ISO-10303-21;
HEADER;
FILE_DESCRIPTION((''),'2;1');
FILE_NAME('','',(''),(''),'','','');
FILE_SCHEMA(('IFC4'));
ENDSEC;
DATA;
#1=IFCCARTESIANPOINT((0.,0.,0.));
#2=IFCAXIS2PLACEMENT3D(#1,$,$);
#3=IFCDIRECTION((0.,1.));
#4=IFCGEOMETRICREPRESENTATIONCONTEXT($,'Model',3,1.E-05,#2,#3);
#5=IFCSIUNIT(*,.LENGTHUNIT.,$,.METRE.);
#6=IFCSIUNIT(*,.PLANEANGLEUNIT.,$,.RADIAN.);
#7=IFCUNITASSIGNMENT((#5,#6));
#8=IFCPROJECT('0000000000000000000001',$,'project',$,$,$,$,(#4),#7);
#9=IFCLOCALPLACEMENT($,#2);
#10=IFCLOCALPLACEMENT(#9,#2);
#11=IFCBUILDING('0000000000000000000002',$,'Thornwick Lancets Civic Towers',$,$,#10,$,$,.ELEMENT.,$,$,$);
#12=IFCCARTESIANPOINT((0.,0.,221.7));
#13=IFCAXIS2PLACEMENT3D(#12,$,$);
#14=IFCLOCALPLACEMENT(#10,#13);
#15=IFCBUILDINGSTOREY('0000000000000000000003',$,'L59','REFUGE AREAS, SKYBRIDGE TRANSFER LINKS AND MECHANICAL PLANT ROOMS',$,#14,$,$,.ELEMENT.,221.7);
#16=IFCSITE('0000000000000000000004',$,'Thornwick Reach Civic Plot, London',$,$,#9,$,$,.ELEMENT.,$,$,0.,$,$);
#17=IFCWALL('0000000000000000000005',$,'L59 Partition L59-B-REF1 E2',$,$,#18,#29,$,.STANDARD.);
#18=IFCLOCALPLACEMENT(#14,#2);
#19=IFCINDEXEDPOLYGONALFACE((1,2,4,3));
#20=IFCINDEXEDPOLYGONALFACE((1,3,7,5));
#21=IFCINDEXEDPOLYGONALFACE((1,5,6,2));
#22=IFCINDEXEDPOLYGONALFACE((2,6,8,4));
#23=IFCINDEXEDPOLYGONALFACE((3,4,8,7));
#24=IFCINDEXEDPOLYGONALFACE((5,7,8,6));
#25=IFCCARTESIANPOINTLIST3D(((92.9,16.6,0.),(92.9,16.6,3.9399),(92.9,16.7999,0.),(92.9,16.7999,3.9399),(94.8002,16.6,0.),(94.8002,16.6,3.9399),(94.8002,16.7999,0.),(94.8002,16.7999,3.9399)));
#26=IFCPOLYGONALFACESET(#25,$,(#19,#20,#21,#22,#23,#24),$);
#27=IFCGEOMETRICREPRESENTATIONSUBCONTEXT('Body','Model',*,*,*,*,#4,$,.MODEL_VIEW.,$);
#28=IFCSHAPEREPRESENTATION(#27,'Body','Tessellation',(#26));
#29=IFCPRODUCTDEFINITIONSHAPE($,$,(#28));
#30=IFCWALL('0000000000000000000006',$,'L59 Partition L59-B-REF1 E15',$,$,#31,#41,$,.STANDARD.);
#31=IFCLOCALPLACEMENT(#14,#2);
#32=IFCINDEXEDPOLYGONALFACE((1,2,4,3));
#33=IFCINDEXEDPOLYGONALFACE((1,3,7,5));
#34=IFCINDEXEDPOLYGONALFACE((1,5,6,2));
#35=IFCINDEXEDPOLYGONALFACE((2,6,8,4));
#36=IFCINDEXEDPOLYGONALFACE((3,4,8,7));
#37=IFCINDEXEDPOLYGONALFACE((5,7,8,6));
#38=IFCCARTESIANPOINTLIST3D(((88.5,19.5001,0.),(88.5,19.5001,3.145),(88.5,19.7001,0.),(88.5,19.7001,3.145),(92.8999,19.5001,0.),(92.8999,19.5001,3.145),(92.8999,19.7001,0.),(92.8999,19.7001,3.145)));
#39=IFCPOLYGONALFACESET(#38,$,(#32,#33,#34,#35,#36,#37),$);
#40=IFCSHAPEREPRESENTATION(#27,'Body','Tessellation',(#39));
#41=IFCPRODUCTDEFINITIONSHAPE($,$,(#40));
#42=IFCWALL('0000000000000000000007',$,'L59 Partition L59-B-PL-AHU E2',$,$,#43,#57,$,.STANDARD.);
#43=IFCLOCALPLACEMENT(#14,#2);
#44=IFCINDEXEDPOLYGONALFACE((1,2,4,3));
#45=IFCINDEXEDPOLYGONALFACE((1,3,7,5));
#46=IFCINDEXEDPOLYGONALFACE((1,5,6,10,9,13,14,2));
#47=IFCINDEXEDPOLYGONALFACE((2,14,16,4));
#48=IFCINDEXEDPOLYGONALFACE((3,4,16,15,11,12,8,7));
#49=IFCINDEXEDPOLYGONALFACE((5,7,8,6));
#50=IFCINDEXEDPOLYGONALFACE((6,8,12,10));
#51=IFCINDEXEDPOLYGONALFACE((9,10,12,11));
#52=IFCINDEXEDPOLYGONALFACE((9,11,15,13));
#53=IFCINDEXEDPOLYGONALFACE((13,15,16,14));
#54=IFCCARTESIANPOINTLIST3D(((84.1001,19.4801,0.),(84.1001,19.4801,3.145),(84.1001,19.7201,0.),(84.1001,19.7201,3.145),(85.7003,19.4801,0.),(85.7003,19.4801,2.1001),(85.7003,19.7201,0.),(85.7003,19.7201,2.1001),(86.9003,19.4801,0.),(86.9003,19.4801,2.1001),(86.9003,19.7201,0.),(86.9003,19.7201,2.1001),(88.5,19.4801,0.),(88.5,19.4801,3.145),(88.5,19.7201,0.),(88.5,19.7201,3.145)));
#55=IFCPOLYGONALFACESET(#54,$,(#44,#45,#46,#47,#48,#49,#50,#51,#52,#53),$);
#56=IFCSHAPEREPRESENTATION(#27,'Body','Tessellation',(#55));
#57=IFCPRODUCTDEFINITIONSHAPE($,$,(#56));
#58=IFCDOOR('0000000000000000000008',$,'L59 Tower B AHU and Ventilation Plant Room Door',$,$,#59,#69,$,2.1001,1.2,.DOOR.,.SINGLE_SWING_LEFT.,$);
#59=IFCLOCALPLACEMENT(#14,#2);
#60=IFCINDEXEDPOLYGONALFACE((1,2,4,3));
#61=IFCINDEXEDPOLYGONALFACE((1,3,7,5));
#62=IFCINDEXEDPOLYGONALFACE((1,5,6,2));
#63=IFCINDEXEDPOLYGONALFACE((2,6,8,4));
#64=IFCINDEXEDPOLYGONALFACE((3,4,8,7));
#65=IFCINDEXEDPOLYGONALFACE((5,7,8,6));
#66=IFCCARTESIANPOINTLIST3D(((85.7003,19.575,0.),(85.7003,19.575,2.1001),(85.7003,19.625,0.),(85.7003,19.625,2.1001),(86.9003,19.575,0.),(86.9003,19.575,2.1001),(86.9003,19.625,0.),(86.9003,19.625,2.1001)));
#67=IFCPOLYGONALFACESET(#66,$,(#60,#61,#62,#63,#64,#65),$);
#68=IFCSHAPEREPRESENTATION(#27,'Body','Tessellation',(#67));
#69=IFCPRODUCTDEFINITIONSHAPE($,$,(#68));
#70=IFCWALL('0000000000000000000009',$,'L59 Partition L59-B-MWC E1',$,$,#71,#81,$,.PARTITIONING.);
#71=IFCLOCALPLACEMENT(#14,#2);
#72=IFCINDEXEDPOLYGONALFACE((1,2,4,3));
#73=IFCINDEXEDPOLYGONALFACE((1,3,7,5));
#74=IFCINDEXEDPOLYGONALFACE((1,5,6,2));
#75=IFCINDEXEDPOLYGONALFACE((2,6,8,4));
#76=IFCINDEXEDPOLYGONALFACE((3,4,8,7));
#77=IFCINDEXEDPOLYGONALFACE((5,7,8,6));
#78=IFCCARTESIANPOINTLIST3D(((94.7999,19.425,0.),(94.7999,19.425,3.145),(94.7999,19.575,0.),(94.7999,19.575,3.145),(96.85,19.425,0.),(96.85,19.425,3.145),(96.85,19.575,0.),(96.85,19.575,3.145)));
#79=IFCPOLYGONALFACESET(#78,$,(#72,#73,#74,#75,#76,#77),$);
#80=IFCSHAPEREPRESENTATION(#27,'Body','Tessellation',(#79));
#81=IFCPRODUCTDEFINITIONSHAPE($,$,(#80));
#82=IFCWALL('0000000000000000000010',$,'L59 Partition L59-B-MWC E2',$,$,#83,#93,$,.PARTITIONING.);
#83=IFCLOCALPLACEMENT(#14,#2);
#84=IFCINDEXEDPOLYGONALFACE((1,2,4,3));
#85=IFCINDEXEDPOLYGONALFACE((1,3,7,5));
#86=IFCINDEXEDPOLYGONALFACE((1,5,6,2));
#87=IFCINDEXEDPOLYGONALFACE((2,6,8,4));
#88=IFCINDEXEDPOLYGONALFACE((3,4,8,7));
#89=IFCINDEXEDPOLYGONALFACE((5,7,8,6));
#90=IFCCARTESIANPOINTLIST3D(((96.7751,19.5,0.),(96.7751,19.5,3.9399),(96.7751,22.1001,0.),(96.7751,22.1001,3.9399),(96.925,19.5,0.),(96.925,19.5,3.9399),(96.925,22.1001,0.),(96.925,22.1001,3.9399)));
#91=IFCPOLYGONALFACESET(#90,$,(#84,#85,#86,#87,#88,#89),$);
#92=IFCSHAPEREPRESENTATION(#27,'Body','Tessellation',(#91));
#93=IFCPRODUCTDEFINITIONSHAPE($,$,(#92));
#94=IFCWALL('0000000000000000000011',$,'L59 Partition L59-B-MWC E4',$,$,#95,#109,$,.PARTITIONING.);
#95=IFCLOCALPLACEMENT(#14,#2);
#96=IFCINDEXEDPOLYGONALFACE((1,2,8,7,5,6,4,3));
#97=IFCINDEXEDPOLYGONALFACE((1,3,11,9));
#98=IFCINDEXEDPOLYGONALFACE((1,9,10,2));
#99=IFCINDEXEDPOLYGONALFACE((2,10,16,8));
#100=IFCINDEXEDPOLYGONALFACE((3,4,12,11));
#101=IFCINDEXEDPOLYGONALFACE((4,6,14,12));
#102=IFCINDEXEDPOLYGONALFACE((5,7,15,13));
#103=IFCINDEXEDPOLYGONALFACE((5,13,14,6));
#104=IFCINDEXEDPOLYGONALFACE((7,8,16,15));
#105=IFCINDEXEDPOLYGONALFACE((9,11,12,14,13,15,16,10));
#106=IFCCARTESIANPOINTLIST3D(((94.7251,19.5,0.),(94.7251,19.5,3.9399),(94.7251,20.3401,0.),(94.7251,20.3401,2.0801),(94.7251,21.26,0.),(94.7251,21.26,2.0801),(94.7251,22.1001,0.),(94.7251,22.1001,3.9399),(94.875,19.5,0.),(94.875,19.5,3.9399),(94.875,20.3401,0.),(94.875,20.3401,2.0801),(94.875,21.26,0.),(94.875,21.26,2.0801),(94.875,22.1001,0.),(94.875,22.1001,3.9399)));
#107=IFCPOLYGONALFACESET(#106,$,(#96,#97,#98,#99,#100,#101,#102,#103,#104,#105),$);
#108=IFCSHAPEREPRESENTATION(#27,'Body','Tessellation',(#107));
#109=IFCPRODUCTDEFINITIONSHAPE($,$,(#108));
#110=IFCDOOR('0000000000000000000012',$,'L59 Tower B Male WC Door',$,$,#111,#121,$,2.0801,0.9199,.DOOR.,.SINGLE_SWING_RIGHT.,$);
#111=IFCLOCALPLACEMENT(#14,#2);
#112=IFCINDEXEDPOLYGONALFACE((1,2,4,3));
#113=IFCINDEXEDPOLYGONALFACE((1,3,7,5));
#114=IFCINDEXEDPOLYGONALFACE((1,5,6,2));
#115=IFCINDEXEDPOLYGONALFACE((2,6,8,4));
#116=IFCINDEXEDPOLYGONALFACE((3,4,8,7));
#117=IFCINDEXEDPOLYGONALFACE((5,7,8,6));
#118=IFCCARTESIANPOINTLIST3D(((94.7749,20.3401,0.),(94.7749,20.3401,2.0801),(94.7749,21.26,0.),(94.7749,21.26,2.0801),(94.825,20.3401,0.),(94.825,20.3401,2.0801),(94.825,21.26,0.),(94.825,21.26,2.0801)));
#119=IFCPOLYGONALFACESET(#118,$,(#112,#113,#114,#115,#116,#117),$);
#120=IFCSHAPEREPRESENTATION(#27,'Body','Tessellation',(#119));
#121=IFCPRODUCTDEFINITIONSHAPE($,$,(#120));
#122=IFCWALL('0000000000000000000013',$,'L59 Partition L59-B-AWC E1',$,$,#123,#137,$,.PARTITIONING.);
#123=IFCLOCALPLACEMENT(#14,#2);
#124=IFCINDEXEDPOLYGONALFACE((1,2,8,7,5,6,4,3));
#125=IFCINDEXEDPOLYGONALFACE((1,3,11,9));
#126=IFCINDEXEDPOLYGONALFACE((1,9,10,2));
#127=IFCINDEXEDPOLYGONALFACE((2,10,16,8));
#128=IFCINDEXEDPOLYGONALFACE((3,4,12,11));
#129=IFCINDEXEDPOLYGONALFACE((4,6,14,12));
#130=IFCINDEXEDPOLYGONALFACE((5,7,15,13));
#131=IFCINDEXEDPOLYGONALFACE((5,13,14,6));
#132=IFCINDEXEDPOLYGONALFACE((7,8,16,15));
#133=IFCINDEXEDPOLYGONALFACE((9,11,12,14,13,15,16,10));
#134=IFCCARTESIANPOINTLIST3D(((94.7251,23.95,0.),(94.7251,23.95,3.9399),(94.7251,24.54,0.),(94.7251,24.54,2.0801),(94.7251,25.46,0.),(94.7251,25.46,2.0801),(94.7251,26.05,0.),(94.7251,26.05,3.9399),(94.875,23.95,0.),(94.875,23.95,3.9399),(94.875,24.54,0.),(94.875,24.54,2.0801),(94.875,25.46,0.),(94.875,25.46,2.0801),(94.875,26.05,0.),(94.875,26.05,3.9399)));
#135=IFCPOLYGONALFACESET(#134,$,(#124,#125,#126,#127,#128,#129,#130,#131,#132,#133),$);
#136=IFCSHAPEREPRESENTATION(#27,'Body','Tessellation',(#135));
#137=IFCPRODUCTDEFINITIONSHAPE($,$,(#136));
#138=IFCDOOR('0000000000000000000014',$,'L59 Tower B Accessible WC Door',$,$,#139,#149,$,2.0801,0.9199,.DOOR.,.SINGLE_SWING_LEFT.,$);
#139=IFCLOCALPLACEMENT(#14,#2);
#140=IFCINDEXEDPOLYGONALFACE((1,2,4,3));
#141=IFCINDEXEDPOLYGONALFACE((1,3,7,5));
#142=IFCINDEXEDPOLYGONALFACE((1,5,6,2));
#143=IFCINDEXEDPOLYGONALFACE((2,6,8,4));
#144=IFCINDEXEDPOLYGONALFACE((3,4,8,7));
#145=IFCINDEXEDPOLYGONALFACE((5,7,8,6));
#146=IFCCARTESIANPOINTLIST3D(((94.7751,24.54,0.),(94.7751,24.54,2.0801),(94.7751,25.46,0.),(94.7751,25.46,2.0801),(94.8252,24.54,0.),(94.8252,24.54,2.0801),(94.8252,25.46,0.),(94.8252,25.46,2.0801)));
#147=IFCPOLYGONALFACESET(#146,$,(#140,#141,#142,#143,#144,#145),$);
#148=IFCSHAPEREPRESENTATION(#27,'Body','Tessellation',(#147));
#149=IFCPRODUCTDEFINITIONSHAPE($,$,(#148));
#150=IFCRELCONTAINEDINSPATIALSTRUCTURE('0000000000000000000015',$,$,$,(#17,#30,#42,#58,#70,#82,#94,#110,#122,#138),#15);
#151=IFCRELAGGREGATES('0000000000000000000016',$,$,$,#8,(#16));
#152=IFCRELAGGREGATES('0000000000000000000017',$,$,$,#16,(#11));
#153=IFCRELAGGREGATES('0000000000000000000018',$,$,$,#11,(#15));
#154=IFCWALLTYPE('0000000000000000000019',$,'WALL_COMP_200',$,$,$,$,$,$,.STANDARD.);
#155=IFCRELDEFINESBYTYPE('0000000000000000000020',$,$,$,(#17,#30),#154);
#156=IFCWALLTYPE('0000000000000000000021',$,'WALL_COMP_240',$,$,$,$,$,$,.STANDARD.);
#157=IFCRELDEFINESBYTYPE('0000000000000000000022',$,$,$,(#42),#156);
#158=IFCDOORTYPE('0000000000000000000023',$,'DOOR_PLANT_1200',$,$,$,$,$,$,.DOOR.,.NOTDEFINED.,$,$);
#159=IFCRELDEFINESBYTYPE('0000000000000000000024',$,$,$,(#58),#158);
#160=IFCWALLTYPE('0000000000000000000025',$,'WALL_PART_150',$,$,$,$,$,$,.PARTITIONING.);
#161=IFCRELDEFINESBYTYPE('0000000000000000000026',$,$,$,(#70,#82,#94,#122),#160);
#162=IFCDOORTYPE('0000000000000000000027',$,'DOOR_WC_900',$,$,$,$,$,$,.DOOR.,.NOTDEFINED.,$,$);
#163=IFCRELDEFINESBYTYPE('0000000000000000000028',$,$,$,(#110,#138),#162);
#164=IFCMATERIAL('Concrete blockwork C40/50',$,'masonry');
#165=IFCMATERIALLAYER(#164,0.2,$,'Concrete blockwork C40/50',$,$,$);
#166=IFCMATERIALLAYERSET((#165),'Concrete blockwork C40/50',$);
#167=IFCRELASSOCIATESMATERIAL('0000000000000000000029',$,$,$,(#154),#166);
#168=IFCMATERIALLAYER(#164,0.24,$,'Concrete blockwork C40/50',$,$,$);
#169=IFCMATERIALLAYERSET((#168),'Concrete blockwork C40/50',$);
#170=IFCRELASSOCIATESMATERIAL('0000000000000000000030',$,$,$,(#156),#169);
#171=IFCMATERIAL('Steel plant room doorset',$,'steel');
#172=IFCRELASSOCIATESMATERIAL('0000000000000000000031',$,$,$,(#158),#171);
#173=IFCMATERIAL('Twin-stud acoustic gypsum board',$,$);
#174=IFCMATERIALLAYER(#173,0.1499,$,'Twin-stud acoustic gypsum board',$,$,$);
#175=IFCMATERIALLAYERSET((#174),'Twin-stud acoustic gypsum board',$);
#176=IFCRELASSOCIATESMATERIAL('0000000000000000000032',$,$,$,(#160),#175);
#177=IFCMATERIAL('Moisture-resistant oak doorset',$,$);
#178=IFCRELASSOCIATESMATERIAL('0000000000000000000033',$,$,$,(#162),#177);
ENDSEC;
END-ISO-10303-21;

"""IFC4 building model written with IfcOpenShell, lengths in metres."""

from ifc_helpers import new_model, si_unit, direction, frame, frame_2d, origin, place, context, subcontext, project, spatial, rectangle, extrude, material, layer, layer_set, type_object, element, fill, save


model = new_model("IFC4")

# Units and contexts
model_context = context("Model", 3, precision=1e-05, world=origin(), true_north=direction((0.0, 1.0)))
body_context = subcontext(model_context, "Body", "Model", "MODEL_VIEW")
ifc_project = project(units=[si_unit("LENGTHUNIT", "METRE"), si_unit("PLANEANGLEUNIT", "RADIAN")], contexts=[model_context])

# Site, building, storey
site_placement = place(None, origin())
site = spatial("IfcSite", under=ifc_project, at=site_placement, Name="Thornwick Reach Civic Plot, London", CompositionType="ELEMENT", RefElevation=0.0)
building_placement = place(site_placement, origin())
building = spatial("IfcBuilding", under=site, at=building_placement, Name="Thornwick Lancets Civic Towers", CompositionType="ELEMENT")
storey_placement = place(building_placement, frame((0.0, 0.0, 221.7)))
storey = spatial("IfcBuildingStorey", under=building, at=storey_placement, Name="L59", Description="REFUGE AREAS, SKYBRIDGE TRANSFER LINKS AND MECHANICAL PLANT ROOMS", CompositionType="ELEMENT", Elevation=221.7)

# Shared definitions
ifc_material_1 = material(Name="Concrete blockwork C40/50", Category="masonry")
ifc_layer_1 = layer(ifc_material_1, 0.2, Name="Concrete blockwork C40/50")
ifc_layer_set_1 = layer_set([ifc_layer_1], Name="Concrete blockwork C40/50")
wall_type_1 = type_object("IfcWallType", Name="WALL_COMP_200", PredefinedType="STANDARD", material=ifc_layer_set_1)

# Walls
wall_1_placement = place(storey_placement, frame((92.8999, 16.7, 0.0), z_axis=(0.0, 0.0, 1.0), x_axis=(1.0, 0.0, 0.0)))
element("IfcWall", 1, at=wall_1_placement, inside=storey, type_object=wall_type_1, Name="L59 Partition L59-B-REF1 E2", PredefinedType="STANDARD", context=body_context, shape_type="SweptSolid", body=[
    extrude(rectangle(XDim=1.9001, YDim=0.2, at=frame_2d((0.9502, 0.0))), origin(), (0.0, 0.0, 1.0), 3.9399),
])
wall_2_placement = place(storey_placement, frame((88.5, 19.6001, 0.0), z_axis=(0.0, 0.0, 1.0), x_axis=(1.0, 0.0, 0.0)))
element("IfcWall", 2, at=wall_2_placement, inside=storey, type_object=wall_type_1, Name="L59 Partition L59-B-REF1 E15", PredefinedType="STANDARD", context=body_context, shape_type="SweptSolid", body=[
    extrude(rectangle(XDim=4.3999, YDim=0.2, at=frame_2d((2.2, 0.0))), origin(), (0.0, 0.0, 1.0), 3.145),
])

# Wall, opening, door
ifc_layer_2 = layer(ifc_material_1, 0.24, Name="Concrete blockwork C40/50")
ifc_layer_set_2 = layer_set([ifc_layer_2], Name="Concrete blockwork C40/50")
wall_type_2 = type_object("IfcWallType", Name="WALL_COMP_240", PredefinedType="STANDARD", material=ifc_layer_set_2)
wall_3_placement = place(storey_placement, frame((84.1001, 19.6001, 0.0), z_axis=(0.0, 0.0, 1.0), x_axis=(1.0, 0.0, 0.0)))
wall_3 = element("IfcWall", 3, at=wall_3_placement, inside=storey, type_object=wall_type_2, Name="L59 Partition L59-B-PL-AHU E2", PredefinedType="STANDARD", context=body_context, shape_type="SweptSolid", body=[
    extrude(rectangle(XDim=4.3999, YDim=0.24, at=frame_2d((2.2, 0.0))), origin(), (0.0, 0.0, 1.0), 3.145),
])
opening_1_placement = place(wall_3_placement, frame((1.6001, 0.0, 0.0)))
opening_1 = element("IfcOpeningElement", 4, at=opening_1_placement, cuts=wall_3, PredefinedType="OPENING", context=body_context, shape_type="SweptSolid", body=[
    extrude(rectangle(XDim=1.2, YDim=2.1001, at=frame_2d((0.6001, 1.05))), frame((0.0, 0.1299, 0.0), z_axis=(0.0, -1.0, 0.0), x_axis=(1.0, 0.0, 0.0)), (0.0, 0.0, 1.0), 0.26),
])
ifc_material_2 = material(Name="Steel plant room doorset", Category="steel")
door_type_1 = type_object("IfcDoorType", Name="DOOR_PLANT_1200", OperationType="NOTDEFINED", PredefinedType="DOOR", material=ifc_material_2)
door_1_placement = place(opening_1_placement, origin())
door_1 = element("IfcDoor", 5, at=door_1_placement, inside=storey, type_object=door_type_1, Name="L59 Tower B AHU and Ventilation Plant Room Door", OperationType="SINGLE_SWING_LEFT", OverallHeight=2.1001, OverallWidth=1.2, PredefinedType="DOOR", context=body_context, shape_type="SweptSolid", body=[
    extrude(rectangle(XDim=1.2, YDim=2.1001, at=frame_2d((0.6001, 1.05))), frame((0.0, 0.0249, 0.0), z_axis=(0.0, -1.0, 0.0), x_axis=(1.0, 0.0, 0.0)), (0.0, 0.0, 1.0), 0.05),
])
fill(opening_1, door_1)

# Walls
ifc_material_3 = material(Name="Twin-stud acoustic gypsum board")
ifc_layer_3 = layer(ifc_material_3, 0.1499, Name="Twin-stud acoustic gypsum board")
ifc_layer_set_3 = layer_set([ifc_layer_3], Name="Twin-stud acoustic gypsum board")
wall_type_3 = type_object("IfcWallType", Name="WALL_PART_150", PredefinedType="PARTITIONING", material=ifc_layer_set_3)
wall_4_placement = place(storey_placement, frame((94.8, 19.5, 0.0), z_axis=(0.0, 0.0, 1.0), x_axis=(1.0, 0.0, 0.0)))
element("IfcWall", 6, at=wall_4_placement, inside=storey, type_object=wall_type_3, Name="L59 Partition L59-B-MWC E1", PredefinedType="PARTITIONING", context=body_context, shape_type="SweptSolid", body=[
    extrude(rectangle(XDim=2.05, YDim=0.1499, at=frame_2d((1.0249, 0.0))), origin(), (0.0, 0.0, 1.0), 3.145),
])
wall_5_placement = place(storey_placement, frame((96.8501, 19.5, 0.0), z_axis=(0.0, 0.0, 1.0), x_axis=(0.0, 1.0, 0.0)))
element("IfcWall", 7, at=wall_5_placement, inside=storey, type_object=wall_type_3, Name="L59 Partition L59-B-MWC E2", PredefinedType="PARTITIONING", context=body_context, shape_type="SweptSolid", body=[
    extrude(rectangle(XDim=2.6001, YDim=0.1499, at=frame_2d((1.3, 0.0))), origin(), (0.0, 0.0, 1.0), 3.9399),
])

# Walls, openings, doors
wall_6_placement = place(storey_placement, frame((94.8, 22.1001, 0.0), z_axis=(0.0, 0.0, 1.0), x_axis=(0.0, -1.0, 0.0)))
wall_6 = element("IfcWall", 8, at=wall_6_placement, inside=storey, type_object=wall_type_3, Name="L59 Partition L59-B-MWC E4", PredefinedType="PARTITIONING", context=body_context, shape_type="SweptSolid", body=[
    extrude(rectangle(XDim=2.6001, YDim=0.1499, at=frame_2d((1.3, 0.0))), origin(), (0.0, 0.0, 1.0), 3.9399),
])
opening_2_placement = place(wall_6_placement, frame((0.8401, 0.0, 0.0)))
opening_2 = element("IfcOpeningElement", 9, at=opening_2_placement, cuts=wall_6, PredefinedType="OPENING", context=body_context, shape_type="SweptSolid", body=[
    extrude(rectangle(XDim=0.9199, YDim=2.0801, at=frame_2d((0.46, 1.04))), frame((0.0, 0.085, 0.0), z_axis=(0.0, -1.0, 0.0), x_axis=(1.0, 0.0, 0.0)), (0.0, 0.0, 1.0), 0.1699),
])
ifc_material_4 = material(Name="Moisture-resistant oak doorset")
door_type_2 = type_object("IfcDoorType", Name="DOOR_WC_900", OperationType="NOTDEFINED", PredefinedType="DOOR", material=ifc_material_4)
door_2_placement = place(opening_2_placement, origin())
door_2 = element("IfcDoor", 10, at=door_2_placement, inside=storey, type_object=door_type_2, Name="L59 Tower B Male WC Door", OperationType="SINGLE_SWING_RIGHT", OverallHeight=2.0801, OverallWidth=0.9199, PredefinedType="DOOR", context=body_context, shape_type="SweptSolid", body=[
    extrude(rectangle(XDim=0.9199, YDim=2.0801, at=frame_2d((0.46, 1.04))), frame((0.0, 0.0249, 0.0), z_axis=(0.0, -1.0, 0.0), x_axis=(1.0, 0.0, 0.0)), (0.0, 0.0, 1.0), 0.05),
])
fill(opening_2, door_2)
wall_7_placement = place(storey_placement, frame((94.8, 23.95, 0.0), z_axis=(0.0, 0.0, 1.0), x_axis=(0.0, 1.0, 0.0)))
wall_7 = element("IfcWall", 11, at=wall_7_placement, inside=storey, type_object=wall_type_3, Name="L59 Partition L59-B-AWC E1", PredefinedType="PARTITIONING", context=body_context, shape_type="SweptSolid", body=[
    extrude(rectangle(XDim=2.1001, YDim=0.1499, at=frame_2d((1.05, 0.0))), origin(), (0.0, 0.0, 1.0), 3.9399),
])
opening_3_placement = place(wall_7_placement, frame((0.5901, 0.0, 0.0)))
opening_3 = element("IfcOpeningElement", 12, at=opening_3_placement, cuts=wall_7, PredefinedType="OPENING", context=body_context, shape_type="SweptSolid", body=[
    extrude(rectangle(XDim=0.9199, YDim=2.0801, at=frame_2d((0.46, 1.04))), frame((0.0, 0.085, 0.0), z_axis=(0.0, -1.0, 0.0), x_axis=(1.0, 0.0, 0.0)), (0.0, 0.0, 1.0), 0.1699),
])
door_3_placement = place(opening_3_placement, origin())
door_3 = element("IfcDoor", 13, at=door_3_placement, inside=storey, type_object=door_type_2, Name="L59 Tower B Accessible WC Door", OperationType="SINGLE_SWING_LEFT", OverallHeight=2.0801, OverallWidth=0.9199, PredefinedType="DOOR", context=body_context, shape_type="SweptSolid", body=[
    extrude(rectangle(XDim=0.9199, YDim=2.0801, at=frame_2d((0.46, 1.04))), frame((0.0, 0.0249, 0.0), z_axis=(0.0, -1.0, 0.0), x_axis=(1.0, 0.0, 0.0)), (0.0, 0.0, 1.0), 0.05),
])
fill(opening_3, door_3)

save(model, "model.ifc")
